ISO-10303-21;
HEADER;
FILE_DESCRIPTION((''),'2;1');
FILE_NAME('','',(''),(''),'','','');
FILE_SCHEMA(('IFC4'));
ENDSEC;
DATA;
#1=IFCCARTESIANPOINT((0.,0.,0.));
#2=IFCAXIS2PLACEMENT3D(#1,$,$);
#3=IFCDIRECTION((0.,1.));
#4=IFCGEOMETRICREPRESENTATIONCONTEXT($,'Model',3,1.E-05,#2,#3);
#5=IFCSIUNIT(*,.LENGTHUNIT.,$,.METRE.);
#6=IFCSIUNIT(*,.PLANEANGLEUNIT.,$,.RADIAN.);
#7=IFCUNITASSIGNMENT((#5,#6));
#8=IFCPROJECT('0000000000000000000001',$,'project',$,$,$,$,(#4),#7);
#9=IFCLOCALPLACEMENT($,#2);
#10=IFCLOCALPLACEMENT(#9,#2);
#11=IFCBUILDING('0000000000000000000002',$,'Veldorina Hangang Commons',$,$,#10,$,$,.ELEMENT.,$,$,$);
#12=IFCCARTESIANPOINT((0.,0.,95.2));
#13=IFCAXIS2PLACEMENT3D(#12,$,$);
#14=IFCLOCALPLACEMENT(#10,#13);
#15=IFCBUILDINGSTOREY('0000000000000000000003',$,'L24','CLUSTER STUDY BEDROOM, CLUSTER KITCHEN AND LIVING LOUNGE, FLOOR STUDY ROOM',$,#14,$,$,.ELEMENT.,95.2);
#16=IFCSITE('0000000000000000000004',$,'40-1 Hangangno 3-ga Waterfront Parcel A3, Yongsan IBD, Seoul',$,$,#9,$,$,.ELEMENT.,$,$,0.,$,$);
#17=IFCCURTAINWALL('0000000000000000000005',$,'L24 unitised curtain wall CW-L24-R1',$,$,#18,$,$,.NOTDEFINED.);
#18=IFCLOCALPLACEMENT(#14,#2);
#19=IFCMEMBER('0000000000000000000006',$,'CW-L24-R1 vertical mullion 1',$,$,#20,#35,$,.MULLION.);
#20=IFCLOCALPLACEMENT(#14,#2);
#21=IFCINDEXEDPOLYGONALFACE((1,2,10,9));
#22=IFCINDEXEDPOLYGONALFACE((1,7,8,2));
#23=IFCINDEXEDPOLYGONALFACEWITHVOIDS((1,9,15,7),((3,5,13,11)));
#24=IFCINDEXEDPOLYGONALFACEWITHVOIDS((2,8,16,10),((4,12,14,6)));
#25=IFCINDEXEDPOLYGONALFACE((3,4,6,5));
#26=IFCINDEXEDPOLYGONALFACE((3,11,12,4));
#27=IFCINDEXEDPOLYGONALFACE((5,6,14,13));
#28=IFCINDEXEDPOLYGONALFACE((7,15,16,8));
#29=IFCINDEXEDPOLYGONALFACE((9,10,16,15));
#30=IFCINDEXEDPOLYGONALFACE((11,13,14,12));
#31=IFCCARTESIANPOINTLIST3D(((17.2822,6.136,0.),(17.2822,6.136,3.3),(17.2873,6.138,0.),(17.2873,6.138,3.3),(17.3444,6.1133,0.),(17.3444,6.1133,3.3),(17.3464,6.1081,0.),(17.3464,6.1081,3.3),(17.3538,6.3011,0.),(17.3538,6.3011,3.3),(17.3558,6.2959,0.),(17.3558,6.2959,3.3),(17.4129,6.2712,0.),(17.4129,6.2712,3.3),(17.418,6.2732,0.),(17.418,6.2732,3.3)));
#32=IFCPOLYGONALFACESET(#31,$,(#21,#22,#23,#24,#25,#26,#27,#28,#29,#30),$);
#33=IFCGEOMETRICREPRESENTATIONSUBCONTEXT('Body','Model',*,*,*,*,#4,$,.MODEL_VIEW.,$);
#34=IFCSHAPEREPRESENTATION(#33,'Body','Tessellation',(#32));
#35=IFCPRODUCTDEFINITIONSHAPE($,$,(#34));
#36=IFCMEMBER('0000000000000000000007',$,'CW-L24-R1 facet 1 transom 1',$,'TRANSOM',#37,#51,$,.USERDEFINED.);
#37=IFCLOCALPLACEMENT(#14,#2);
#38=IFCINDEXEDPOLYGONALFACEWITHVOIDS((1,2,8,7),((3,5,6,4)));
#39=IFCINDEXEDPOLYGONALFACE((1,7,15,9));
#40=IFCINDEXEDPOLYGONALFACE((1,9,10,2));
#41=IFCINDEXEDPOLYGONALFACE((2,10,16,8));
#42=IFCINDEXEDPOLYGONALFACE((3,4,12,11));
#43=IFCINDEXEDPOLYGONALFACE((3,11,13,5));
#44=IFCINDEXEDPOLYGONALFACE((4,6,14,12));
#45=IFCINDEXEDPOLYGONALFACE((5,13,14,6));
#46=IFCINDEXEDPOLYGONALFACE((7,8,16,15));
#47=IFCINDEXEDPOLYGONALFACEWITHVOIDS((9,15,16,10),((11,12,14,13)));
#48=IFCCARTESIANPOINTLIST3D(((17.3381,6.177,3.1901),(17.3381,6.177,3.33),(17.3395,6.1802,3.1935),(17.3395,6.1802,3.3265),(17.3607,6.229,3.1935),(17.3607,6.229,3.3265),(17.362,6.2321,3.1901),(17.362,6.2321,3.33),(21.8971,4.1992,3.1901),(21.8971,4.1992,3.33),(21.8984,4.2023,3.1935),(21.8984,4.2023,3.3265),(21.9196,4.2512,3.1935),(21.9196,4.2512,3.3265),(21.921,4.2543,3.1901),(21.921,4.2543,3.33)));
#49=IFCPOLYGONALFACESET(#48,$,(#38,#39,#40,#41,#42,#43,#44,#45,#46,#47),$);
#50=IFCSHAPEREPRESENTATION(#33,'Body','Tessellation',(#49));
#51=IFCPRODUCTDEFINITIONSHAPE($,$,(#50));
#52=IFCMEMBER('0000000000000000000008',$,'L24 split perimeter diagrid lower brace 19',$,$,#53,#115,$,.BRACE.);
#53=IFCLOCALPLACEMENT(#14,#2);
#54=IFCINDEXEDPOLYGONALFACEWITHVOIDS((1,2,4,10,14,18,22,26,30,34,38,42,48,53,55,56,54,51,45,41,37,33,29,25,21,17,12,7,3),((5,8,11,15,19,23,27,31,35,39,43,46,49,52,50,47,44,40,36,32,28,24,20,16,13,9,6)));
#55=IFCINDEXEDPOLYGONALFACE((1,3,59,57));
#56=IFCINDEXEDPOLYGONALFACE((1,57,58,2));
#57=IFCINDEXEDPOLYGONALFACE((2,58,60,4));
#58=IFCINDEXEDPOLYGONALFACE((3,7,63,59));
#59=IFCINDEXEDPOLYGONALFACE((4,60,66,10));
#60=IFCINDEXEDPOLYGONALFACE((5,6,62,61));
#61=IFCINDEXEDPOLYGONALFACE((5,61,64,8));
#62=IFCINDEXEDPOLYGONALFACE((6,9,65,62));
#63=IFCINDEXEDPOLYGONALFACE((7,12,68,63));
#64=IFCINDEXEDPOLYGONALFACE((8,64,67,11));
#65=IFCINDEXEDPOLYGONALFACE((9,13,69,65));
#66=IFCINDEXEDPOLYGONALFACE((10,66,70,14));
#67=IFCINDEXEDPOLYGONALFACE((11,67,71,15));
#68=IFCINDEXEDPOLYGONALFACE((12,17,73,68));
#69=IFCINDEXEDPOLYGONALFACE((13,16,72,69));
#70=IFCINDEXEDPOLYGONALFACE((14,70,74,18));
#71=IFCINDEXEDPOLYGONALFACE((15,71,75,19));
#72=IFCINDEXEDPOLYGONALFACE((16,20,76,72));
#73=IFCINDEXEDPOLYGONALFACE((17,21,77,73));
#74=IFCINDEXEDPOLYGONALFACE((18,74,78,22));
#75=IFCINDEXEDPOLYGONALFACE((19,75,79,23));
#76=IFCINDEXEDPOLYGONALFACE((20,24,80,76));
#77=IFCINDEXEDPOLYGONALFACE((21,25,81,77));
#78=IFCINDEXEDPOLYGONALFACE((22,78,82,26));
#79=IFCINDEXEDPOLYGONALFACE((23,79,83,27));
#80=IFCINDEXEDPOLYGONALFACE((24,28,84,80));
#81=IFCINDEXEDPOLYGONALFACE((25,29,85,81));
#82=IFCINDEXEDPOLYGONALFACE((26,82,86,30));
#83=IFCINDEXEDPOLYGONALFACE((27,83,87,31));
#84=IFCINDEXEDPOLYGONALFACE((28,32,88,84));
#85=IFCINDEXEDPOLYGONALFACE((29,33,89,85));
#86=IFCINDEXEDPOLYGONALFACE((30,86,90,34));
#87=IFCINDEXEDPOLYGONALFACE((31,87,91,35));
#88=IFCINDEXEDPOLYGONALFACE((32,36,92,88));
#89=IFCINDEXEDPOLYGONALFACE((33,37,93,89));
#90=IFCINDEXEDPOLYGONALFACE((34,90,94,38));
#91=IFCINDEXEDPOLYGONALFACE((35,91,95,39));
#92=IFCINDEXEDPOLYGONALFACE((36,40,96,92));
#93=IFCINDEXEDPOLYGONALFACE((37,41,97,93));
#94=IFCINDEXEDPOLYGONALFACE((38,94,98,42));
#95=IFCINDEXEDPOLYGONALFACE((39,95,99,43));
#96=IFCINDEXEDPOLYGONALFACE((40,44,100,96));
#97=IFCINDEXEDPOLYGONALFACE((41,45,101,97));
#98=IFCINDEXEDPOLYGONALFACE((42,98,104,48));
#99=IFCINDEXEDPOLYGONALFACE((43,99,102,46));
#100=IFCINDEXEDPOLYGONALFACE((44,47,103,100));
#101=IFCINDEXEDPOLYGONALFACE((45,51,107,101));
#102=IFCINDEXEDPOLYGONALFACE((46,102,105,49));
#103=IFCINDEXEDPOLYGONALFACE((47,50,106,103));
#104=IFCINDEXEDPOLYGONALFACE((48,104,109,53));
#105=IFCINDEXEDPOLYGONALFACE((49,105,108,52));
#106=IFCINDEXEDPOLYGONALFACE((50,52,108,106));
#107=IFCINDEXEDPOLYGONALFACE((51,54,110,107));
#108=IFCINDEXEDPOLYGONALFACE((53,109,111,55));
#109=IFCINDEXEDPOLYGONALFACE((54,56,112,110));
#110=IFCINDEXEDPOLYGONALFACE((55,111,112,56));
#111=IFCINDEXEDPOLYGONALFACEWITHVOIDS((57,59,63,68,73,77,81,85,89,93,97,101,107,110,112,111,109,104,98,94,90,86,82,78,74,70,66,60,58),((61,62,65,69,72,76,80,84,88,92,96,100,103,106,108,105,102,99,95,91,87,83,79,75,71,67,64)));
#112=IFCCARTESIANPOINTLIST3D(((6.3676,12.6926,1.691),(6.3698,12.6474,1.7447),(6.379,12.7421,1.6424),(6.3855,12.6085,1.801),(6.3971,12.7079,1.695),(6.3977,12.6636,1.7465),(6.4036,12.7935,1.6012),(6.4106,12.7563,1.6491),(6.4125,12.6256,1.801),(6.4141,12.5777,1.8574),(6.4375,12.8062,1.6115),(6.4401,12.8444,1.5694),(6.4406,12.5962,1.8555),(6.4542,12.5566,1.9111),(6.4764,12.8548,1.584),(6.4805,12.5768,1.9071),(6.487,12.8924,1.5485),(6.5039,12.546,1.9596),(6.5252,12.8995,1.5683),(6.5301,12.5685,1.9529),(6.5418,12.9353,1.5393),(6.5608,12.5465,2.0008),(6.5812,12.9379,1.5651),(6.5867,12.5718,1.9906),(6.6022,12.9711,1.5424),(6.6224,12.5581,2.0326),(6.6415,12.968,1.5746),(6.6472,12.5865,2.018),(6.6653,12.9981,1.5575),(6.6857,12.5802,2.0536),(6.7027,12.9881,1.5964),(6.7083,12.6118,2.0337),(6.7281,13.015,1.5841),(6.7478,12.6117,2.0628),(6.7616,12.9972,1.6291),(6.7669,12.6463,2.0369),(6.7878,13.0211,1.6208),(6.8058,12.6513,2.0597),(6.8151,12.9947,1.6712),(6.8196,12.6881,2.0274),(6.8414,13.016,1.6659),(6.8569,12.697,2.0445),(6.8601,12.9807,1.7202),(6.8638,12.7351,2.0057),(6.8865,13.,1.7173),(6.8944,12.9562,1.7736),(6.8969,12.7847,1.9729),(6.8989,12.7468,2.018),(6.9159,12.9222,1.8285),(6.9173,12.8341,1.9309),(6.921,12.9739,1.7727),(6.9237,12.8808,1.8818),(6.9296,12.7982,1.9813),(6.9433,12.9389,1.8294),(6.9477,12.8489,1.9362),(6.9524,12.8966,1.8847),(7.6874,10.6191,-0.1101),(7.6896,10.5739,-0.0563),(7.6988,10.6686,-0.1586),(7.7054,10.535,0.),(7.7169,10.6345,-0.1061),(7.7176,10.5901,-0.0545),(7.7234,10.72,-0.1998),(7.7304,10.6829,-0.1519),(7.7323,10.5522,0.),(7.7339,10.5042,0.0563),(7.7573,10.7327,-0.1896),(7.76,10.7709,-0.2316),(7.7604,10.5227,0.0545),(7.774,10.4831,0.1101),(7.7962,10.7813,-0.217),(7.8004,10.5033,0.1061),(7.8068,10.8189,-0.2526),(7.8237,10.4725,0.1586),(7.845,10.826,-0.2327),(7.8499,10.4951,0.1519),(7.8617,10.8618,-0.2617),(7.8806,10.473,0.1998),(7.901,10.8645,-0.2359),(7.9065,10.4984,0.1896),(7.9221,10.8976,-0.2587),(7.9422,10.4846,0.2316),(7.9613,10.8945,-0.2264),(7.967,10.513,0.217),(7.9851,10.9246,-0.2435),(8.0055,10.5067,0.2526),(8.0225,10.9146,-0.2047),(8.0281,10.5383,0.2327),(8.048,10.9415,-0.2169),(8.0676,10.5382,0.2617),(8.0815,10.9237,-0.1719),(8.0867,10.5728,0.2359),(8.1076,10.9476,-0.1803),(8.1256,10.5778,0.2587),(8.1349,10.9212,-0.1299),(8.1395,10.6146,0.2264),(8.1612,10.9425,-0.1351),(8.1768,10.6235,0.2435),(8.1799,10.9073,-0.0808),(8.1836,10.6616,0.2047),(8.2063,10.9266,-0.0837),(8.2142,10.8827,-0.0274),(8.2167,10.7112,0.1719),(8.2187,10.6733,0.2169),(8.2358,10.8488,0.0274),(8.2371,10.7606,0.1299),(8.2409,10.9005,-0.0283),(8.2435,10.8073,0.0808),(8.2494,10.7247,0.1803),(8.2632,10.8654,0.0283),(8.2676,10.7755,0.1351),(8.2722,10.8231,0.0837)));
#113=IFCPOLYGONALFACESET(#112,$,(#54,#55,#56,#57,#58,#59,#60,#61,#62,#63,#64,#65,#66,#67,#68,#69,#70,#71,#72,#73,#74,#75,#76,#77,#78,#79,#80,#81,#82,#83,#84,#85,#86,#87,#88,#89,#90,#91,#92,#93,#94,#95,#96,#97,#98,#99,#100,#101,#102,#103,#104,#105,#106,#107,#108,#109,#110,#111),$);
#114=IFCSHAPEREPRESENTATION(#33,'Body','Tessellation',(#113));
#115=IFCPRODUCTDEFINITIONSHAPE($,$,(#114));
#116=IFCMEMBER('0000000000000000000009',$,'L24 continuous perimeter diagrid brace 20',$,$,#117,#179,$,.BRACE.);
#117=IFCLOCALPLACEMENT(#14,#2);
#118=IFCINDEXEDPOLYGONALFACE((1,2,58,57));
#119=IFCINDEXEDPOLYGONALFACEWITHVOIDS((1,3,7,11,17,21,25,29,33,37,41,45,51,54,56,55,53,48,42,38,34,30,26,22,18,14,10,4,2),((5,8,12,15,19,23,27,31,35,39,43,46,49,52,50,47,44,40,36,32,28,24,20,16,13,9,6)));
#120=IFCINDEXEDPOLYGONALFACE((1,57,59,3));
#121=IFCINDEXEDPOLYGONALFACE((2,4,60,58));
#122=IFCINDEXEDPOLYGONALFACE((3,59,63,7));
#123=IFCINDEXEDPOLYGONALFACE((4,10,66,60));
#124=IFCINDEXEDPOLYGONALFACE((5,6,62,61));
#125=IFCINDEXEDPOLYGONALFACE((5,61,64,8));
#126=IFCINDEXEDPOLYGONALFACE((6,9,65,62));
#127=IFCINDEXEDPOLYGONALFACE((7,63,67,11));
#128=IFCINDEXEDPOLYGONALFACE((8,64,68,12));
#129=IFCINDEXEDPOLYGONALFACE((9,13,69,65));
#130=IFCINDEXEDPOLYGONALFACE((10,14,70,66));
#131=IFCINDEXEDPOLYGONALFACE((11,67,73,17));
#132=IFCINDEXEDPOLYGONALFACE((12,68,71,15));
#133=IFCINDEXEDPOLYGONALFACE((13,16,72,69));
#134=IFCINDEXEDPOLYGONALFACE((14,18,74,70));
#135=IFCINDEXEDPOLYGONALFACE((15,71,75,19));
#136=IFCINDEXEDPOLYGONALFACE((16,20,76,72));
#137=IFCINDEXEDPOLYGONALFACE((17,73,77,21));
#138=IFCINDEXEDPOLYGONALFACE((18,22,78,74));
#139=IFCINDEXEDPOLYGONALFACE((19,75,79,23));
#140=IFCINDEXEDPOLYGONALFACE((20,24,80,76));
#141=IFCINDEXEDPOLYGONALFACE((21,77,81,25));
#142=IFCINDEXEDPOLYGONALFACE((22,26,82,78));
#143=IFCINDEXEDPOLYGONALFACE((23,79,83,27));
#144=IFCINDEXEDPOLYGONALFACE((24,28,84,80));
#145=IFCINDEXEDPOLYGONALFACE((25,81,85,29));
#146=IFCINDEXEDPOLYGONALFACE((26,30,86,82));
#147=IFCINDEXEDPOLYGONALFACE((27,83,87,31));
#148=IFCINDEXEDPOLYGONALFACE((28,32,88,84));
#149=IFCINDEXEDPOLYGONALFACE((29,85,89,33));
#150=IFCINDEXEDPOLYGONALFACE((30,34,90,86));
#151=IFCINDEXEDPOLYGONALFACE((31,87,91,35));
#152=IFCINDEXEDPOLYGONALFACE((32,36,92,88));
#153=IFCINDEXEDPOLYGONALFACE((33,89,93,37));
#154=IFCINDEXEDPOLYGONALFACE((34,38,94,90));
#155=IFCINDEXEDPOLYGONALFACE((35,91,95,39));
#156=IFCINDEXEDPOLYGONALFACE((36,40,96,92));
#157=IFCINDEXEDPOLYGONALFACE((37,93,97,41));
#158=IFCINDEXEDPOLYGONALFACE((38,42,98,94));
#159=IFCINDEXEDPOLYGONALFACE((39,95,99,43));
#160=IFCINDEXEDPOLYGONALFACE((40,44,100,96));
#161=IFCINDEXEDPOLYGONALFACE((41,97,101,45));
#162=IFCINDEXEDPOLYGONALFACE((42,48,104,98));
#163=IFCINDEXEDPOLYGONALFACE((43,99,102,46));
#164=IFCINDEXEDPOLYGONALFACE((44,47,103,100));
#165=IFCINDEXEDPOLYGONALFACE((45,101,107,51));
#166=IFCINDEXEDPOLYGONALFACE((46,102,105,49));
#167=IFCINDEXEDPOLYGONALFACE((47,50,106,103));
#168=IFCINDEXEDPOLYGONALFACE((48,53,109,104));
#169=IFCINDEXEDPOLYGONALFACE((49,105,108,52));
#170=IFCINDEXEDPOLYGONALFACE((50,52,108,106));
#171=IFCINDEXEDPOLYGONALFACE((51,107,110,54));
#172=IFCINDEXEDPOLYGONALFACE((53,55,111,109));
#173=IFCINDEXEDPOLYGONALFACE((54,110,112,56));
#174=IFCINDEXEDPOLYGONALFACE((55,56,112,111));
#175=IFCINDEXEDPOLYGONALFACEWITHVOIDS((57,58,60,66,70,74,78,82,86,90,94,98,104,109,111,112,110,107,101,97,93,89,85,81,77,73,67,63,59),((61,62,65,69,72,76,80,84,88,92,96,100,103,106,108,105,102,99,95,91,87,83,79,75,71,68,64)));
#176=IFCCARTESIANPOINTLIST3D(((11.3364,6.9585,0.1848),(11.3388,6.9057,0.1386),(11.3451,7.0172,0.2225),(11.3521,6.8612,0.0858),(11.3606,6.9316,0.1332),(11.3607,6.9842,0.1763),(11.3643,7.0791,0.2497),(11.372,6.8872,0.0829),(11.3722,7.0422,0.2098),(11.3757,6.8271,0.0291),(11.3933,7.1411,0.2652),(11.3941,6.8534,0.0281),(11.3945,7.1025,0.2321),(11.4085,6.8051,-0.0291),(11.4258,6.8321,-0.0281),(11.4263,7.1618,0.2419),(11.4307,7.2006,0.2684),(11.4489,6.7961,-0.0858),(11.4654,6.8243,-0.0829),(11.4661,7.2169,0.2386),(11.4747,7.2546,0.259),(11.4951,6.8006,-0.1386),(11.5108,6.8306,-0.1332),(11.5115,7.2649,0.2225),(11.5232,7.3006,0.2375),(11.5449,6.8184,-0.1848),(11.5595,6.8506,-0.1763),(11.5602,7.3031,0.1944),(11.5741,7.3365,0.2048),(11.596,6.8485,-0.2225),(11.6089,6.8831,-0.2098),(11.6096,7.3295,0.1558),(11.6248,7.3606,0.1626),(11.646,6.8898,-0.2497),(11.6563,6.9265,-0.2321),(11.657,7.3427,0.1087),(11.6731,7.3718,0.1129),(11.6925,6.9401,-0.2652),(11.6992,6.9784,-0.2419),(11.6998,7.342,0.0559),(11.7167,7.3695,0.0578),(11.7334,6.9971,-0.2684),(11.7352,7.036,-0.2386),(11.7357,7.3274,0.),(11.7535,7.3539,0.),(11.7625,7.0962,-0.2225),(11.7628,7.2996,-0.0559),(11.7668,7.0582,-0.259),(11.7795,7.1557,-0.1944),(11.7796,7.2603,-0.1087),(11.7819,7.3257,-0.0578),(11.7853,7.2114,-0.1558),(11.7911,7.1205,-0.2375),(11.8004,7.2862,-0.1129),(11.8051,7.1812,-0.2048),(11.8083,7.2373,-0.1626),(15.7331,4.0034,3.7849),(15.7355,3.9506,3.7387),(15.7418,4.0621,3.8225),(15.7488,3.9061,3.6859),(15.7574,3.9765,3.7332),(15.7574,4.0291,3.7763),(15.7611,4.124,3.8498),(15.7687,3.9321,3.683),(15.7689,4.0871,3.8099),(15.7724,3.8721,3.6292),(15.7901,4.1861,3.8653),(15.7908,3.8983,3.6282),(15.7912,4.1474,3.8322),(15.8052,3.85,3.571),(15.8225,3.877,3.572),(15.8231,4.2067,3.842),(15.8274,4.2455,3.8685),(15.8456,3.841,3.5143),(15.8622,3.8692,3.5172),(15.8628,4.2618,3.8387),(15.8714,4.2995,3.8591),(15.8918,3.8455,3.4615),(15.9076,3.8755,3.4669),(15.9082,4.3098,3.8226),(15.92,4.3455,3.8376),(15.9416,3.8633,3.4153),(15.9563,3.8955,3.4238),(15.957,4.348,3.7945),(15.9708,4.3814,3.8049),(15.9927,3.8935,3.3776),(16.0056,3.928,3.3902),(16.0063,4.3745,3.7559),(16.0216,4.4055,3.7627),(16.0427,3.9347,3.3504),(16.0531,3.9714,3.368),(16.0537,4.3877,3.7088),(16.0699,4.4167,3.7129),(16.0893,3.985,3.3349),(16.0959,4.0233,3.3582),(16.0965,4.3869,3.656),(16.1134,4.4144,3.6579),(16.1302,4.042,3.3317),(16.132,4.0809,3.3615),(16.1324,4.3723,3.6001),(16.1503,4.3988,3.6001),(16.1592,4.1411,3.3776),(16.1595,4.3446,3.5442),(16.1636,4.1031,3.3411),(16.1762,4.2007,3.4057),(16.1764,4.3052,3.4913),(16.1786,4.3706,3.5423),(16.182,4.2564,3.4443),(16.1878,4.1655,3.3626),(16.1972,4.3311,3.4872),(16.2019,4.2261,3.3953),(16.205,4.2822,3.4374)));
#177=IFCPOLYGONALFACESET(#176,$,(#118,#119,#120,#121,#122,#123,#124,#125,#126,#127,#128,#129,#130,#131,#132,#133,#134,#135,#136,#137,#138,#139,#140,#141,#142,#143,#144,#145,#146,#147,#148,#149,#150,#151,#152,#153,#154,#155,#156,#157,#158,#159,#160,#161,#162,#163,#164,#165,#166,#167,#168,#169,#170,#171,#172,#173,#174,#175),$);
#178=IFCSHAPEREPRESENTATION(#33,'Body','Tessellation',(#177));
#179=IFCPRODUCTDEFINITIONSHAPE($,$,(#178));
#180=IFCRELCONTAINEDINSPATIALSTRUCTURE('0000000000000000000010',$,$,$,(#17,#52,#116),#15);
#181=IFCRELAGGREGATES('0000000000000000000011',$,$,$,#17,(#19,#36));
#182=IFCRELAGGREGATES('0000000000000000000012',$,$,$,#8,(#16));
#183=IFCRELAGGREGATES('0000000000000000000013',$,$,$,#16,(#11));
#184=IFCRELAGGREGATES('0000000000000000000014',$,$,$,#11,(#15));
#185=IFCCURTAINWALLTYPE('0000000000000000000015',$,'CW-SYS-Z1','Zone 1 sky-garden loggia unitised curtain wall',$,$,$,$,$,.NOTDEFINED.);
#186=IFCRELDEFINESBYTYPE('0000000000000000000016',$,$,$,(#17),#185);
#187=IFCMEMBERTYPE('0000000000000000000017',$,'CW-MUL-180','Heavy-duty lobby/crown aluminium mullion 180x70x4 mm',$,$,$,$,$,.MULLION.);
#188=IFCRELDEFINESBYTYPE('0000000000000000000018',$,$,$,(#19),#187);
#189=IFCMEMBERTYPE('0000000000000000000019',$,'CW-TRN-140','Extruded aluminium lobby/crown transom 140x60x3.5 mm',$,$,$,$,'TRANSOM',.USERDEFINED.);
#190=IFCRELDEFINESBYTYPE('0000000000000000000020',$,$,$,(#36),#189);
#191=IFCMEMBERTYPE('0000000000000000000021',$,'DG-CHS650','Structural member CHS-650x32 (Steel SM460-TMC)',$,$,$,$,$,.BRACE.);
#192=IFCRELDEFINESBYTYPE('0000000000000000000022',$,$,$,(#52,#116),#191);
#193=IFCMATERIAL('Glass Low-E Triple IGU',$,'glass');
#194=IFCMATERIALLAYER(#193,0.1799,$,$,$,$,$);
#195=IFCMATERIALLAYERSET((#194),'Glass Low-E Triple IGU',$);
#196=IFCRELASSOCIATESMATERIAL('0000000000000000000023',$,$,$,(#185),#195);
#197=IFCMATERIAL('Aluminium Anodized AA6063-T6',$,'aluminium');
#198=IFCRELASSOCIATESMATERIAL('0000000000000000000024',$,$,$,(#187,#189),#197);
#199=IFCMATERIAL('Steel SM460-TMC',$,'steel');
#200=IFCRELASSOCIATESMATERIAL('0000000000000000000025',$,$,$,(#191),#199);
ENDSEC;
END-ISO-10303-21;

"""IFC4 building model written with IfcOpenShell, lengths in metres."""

from ifc_helpers import new_model, si_unit, direction, frame, origin, origin_2d, place, context, subcontext, project, spatial, hollow_rectangle, hollow_circle, extrude, material, layer, layer_set, material_profile, profile_set, type_object, element, aggregate, save


model = new_model("IFC4")

# Units and contexts
model_context = context("Model", 3, precision=1e-05, world=origin(), true_north=direction((0.0, 1.0)))
body_context = subcontext(model_context, "Body", "Model", "MODEL_VIEW")
ifc_project = project(units=[si_unit("LENGTHUNIT", "METRE"), si_unit("PLANEANGLEUNIT", "RADIAN")], contexts=[model_context])

# Site, building, storey
site_placement = place(None, origin())
site = spatial("IfcSite", under=ifc_project, at=site_placement, Name="40-1 Hangangno 3-ga Waterfront Parcel A3, Yongsan IBD, Seoul", CompositionType="ELEMENT", RefElevation=0.0)
building_placement = place(site_placement, origin())
building = spatial("IfcBuilding", under=site, at=building_placement, Name="Veldorina Hangang Commons", CompositionType="ELEMENT")
storey_placement = place(building_placement, frame((0.0, 0.0, 95.2)))
storey = spatial("IfcBuildingStorey", under=building, at=storey_placement, Name="L24", Description="CLUSTER STUDY BEDROOM, CLUSTER KITCHEN AND LIVING LOUNGE, FLOOR STUDY ROOM", CompositionType="ELEMENT", Elevation=95.2)

# Curtain wall, members
ifc_material_1 = material(Name="Glass Low-E Triple IGU", Category="glass")
ifc_layer_1 = layer(ifc_material_1, 0.1799)
ifc_layer_set_1 = layer_set([ifc_layer_1], Name="Glass Low-E Triple IGU")
curtain_wall_type = type_object("IfcCurtainWallType", Name="CW-SYS-Z1", Description="Zone 1 sky-garden loggia unitised curtain wall", PredefinedType="NOTDEFINED", material=ifc_layer_set_1)
curtain_wall_placement = place(storey_placement, origin())
curtain_wall = element("IfcCurtainWall", 1, at=curtain_wall_placement, inside=storey, type_object=curtain_wall_type, Name="L24 unitised curtain wall CW-L24-R1", PredefinedType="NOTDEFINED")
ifc_material_2 = material(Name="Aluminium Anodized AA6063-T6", Category="aluminium")
ifc_material_profile_1 = material_profile(ifc_material_2, hollow_rectangle(XDim=0.0701, YDim=0.1799, WallThickness=0.0039, at=origin_2d()), Name="ALU-RHS-180x70x4")
ifc_profile_set_1 = profile_set([ifc_material_profile_1], Name="Aluminium Anodized AA6063-T6")
member_type_1 = type_object("IfcMemberType", Name="CW-MUL-180", Description="Heavy-duty lobby/crown aluminium mullion 180x70x4 mm", PredefinedType="MULLION", material=ifc_profile_set_1)
member_1_placement = place(storey_placement, frame((17.3501, 6.2046, 0.0), z_axis=(0.0, 0.0, 1.0), x_axis=(0.917387, -0.397997, 0.0)))
member_1 = element("IfcMember", 2, at=member_1_placement, type_object=member_type_1, Name="CW-L24-R1 vertical mullion 1", PredefinedType="MULLION", context=body_context, shape_type="SweptSolid", body=[
    extrude(hollow_rectangle(XDim=0.0701, YDim=0.1799, WallThickness=0.0039, at=origin_2d()), origin(), (0.0, 0.0, 1.0), 3.3),
])
ifc_material_profile_2 = material_profile(ifc_material_2, hollow_rectangle(XDim=0.0601, YDim=0.1399, WallThickness=0.0034, at=origin_2d()), Name="ALU-RHS-140x60x3.5")
ifc_profile_set_2 = profile_set([ifc_material_profile_2], Name="Aluminium Anodized AA6063-T6")
member_type_2 = type_object("IfcMemberType", Name="CW-TRN-140", Description="Extruded aluminium lobby/crown transom 140x60x3.5 mm", ElementType="TRANSOM", PredefinedType="USERDEFINED", material=ifc_profile_set_2)
member_2_placement = place(storey_placement, frame((17.3501, 6.2046, 3.26), z_axis=(0.917388, -0.397995, 0.0), x_axis=(0.397995, 0.917388, 0.0)))
member_2 = element("IfcMember", 3, at=member_2_placement, type_object=member_type_2, Name="CW-L24-R1 facet 1 transom 1", ObjectType="TRANSOM", PredefinedType="USERDEFINED", context=body_context, shape_type="SweptSolid", body=[
    extrude(hollow_rectangle(XDim=0.0601, YDim=0.1399, WallThickness=0.0034, at=origin_2d()), origin(), (0.0, 0.0, 1.0), 4.9695),
])

# Members
ifc_material_3 = material(Name="Steel SM460-TMC", Category="steel")
ifc_material_profile_3 = material_profile(ifc_material_3, hollow_circle(Radius=0.325, WallThickness=0.032, at=origin_2d()), Name="CHS-650x32")
ifc_profile_set_3 = profile_set([ifc_material_profile_3], Name="Steel SM460-TMC")
member_type_3 = type_object("IfcMemberType", Name="DG-CHS650", Description="Structural member CHS-650x32 (Steel SM460-TMC)", PredefinedType="BRACE", material=ifc_profile_set_3)
member_3_placement = place(storey_placement, frame((7.9795, 10.7095, 0.0), z_axis=(-0.433137, 0.680473, 0.591057), x_axis=(-0.8436, -0.536972, 0.0)))
element("IfcMember", 4, at=member_3_placement, inside=storey, type_object=member_type_3, Name="L24 split perimeter diagrid lower brace 19", PredefinedType="BRACE", context=body_context, shape_type="SweptSolid", body=[
    extrude(hollow_circle(Radius=0.325, WallThickness=0.032, at=origin_2d()), origin(), (0.0, 0.0, 1.0), 3.0471),
])
member_4_placement = place(storey_placement, frame((11.5723, 7.0842, 0.0), z_axis=(0.686449, -0.461368, 0.562073), x_axis=(0.557823, 0.82996, 0.0)))
element("IfcMember", 5, at=member_4_placement, inside=storey, type_object=member_type_3, Name="L24 continuous perimeter diagrid brace 20", PredefinedType="BRACE", context=body_context, shape_type="SweptSolid", body=[
    extrude(hollow_circle(Radius=0.325, WallThickness=0.032, at=origin_2d()), origin(), (0.0, 0.0, 1.0), 6.405),
])

aggregate(curtain_wall, [member_1, member_2])

save(model, "model.ifc")
